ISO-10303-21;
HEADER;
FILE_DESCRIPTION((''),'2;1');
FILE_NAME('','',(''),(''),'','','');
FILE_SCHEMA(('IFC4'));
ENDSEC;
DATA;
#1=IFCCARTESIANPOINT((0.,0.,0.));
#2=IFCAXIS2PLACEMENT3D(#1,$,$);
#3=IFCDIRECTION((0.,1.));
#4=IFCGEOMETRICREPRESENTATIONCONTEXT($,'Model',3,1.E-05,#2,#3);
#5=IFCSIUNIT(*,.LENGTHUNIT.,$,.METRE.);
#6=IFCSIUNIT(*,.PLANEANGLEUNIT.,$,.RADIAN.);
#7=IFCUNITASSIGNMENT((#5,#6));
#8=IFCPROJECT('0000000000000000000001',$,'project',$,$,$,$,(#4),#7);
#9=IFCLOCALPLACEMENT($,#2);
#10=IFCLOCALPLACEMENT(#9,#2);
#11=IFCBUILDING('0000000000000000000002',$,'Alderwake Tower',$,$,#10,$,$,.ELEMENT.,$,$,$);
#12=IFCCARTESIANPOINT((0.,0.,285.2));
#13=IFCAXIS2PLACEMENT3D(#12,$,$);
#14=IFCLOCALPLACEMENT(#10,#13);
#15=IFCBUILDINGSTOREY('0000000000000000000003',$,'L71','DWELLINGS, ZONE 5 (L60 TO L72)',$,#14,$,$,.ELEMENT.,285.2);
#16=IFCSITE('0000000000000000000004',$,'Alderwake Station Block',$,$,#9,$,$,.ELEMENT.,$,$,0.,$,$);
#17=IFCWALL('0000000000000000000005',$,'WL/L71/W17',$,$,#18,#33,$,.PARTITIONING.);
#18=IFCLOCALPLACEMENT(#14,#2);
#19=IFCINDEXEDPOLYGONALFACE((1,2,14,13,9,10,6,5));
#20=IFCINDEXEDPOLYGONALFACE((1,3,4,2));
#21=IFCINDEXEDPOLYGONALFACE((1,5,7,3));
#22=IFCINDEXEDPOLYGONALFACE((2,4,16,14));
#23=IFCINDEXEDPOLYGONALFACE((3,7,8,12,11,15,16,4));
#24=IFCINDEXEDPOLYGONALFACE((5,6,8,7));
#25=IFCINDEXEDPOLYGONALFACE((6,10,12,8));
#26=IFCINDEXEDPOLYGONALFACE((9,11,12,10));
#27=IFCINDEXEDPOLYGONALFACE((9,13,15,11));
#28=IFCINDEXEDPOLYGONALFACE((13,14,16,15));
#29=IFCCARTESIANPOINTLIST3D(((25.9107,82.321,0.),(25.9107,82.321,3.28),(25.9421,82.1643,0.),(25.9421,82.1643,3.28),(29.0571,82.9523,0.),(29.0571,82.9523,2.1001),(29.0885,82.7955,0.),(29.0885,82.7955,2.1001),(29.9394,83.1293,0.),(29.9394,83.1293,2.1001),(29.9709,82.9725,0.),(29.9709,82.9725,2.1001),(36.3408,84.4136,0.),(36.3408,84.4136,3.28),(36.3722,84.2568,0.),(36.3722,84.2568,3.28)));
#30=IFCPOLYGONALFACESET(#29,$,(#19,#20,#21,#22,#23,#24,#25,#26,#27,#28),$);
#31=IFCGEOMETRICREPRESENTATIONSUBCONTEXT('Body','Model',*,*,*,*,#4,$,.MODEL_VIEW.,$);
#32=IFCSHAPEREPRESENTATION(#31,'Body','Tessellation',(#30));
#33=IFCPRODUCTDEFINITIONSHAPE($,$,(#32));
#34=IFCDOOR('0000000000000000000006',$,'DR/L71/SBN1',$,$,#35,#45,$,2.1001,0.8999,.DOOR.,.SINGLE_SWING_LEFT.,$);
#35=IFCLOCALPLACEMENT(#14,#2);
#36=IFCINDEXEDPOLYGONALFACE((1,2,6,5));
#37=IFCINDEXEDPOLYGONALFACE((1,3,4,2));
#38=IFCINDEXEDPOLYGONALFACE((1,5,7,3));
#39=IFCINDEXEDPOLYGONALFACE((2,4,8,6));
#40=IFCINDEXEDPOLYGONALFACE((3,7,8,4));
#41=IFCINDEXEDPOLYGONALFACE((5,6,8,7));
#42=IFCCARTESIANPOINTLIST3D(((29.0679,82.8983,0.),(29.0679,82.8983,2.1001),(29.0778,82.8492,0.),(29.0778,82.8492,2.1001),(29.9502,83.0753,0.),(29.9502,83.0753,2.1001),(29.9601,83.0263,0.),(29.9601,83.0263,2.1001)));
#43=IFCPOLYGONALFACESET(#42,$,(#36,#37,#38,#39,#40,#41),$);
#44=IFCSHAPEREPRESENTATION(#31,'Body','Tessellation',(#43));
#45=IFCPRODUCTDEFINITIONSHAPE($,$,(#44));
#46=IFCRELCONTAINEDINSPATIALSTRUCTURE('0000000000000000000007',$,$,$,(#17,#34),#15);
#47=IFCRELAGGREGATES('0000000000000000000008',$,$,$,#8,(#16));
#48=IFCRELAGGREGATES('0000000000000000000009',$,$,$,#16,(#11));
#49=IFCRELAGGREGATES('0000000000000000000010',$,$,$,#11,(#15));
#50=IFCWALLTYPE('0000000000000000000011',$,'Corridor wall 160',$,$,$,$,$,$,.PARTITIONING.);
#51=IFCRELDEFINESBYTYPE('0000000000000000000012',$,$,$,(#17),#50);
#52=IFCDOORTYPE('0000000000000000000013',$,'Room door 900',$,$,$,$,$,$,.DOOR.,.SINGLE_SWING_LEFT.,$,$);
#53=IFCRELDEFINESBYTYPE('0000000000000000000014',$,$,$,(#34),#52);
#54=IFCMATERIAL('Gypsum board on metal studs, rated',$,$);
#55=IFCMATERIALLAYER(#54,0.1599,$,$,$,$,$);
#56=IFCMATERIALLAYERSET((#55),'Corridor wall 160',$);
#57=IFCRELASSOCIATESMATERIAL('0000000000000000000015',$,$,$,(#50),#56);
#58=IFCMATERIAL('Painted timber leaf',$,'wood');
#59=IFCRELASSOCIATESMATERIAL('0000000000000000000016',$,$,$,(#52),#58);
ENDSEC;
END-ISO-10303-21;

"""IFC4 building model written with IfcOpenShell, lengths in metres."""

from ifc_helpers import new_model, si_unit, direction, frame, frame_2d, origin, place, context, subcontext, project, spatial, rectangle, extrude, material, layer, layer_set, type_object, element, fill, save


model = new_model("IFC4")

# Units and contexts
model_context = context("Model", 3, precision=1e-05, world=origin(), true_north=direction((0.0, 1.0)))
body_context = subcontext(model_context, "Body", "Model", "MODEL_VIEW")
ifc_project = project(units=[si_unit("LENGTHUNIT", "METRE"), si_unit("PLANEANGLEUNIT", "RADIAN")], contexts=[model_context])

# Site, building, storey
site_placement = place(None, origin())
site = spatial("IfcSite", under=ifc_project, at=site_placement, Name="Alderwake Station Block", CompositionType="ELEMENT", RefElevation=0.0)
building_placement = place(site_placement, origin())
building = spatial("IfcBuilding", under=site, at=building_placement, Name="Alderwake Tower", CompositionType="ELEMENT")
storey_placement = place(building_placement, frame((0.0, 0.0, 285.2)))
storey = spatial("IfcBuildingStorey", under=building, at=storey_placement, Name="L71", Description="DWELLINGS, ZONE 5 (L60 TO L72)", CompositionType="ELEMENT", Elevation=285.2)

# Wall, opening, door
ifc_material_1 = material(Name="Gypsum board on metal studs, rated")
ifc_layer_1 = layer(ifc_material_1, 0.1599)
ifc_layer_set_1 = layer_set([ifc_layer_1], Name="Corridor wall 160")
wall_type_1 = type_object("IfcWallType", Name="Corridor wall 160", PredefinedType="PARTITIONING", material=ifc_layer_set_1)
wall_1_placement = place(storey_placement, frame((25.9265, 82.2427, 0.0), z_axis=(0.0, 0.0, 1.0), x_axis=(0.980463, 0.196703, 0.0)))
wall_1 = element("IfcWall", 1, at=wall_1_placement, inside=storey, type_object=wall_type_1, Name="WL/L71/W17", PredefinedType="PARTITIONING", context=body_context, shape_type="SweptSolid", body=[
    extrude(rectangle(XDim=10.6379, YDim=0.1599, at=frame_2d((5.3188, 0.0))), origin(), (0.0, 0.0, 1.0), 3.28),
])
opening_1_placement = place(wall_1_placement, frame((3.209, 0.0, 0.0)))
opening_1 = element("IfcOpeningElement", 2, at=opening_1_placement, cuts=wall_1, PredefinedType="OPENING", context=body_context, shape_type="SweptSolid", body=[
    extrude(rectangle(XDim=0.8999, YDim=2.1001, at=frame_2d((0.45, 1.05))), frame((0.0, 0.0898, 0.0), z_axis=(0.0, -1.0, 0.0), x_axis=(1.0, 0.0, 0.0)), (0.0, 0.0, 1.0), 0.1799),
])
ifc_material_2 = material(Name="Painted timber leaf", Category="wood")
door_type_1 = type_object("IfcDoorType", Name="Room door 900", OperationType="SINGLE_SWING_LEFT", PredefinedType="DOOR", material=ifc_material_2)
door_1_placement = place(opening_1_placement, origin())
door_1 = element("IfcDoor", 3, at=door_1_placement, inside=storey, type_object=door_type_1, Name="DR/L71/SBN1", OperationType="SINGLE_SWING_LEFT", OverallHeight=2.1001, OverallWidth=0.8999, PredefinedType="DOOR", context=body_context, shape_type="SweptSolid", body=[
    extrude(rectangle(XDim=0.8999, YDim=2.1001, at=frame_2d((0.45, 1.05))), frame((0.0, 0.0249, 0.0), z_axis=(0.0, -1.0, 0.0), x_axis=(1.0, 0.0, 0.0)), (0.0, 0.0, 1.0), 0.05),
])
fill(opening_1, door_1)

save(model, "model.ifc")
